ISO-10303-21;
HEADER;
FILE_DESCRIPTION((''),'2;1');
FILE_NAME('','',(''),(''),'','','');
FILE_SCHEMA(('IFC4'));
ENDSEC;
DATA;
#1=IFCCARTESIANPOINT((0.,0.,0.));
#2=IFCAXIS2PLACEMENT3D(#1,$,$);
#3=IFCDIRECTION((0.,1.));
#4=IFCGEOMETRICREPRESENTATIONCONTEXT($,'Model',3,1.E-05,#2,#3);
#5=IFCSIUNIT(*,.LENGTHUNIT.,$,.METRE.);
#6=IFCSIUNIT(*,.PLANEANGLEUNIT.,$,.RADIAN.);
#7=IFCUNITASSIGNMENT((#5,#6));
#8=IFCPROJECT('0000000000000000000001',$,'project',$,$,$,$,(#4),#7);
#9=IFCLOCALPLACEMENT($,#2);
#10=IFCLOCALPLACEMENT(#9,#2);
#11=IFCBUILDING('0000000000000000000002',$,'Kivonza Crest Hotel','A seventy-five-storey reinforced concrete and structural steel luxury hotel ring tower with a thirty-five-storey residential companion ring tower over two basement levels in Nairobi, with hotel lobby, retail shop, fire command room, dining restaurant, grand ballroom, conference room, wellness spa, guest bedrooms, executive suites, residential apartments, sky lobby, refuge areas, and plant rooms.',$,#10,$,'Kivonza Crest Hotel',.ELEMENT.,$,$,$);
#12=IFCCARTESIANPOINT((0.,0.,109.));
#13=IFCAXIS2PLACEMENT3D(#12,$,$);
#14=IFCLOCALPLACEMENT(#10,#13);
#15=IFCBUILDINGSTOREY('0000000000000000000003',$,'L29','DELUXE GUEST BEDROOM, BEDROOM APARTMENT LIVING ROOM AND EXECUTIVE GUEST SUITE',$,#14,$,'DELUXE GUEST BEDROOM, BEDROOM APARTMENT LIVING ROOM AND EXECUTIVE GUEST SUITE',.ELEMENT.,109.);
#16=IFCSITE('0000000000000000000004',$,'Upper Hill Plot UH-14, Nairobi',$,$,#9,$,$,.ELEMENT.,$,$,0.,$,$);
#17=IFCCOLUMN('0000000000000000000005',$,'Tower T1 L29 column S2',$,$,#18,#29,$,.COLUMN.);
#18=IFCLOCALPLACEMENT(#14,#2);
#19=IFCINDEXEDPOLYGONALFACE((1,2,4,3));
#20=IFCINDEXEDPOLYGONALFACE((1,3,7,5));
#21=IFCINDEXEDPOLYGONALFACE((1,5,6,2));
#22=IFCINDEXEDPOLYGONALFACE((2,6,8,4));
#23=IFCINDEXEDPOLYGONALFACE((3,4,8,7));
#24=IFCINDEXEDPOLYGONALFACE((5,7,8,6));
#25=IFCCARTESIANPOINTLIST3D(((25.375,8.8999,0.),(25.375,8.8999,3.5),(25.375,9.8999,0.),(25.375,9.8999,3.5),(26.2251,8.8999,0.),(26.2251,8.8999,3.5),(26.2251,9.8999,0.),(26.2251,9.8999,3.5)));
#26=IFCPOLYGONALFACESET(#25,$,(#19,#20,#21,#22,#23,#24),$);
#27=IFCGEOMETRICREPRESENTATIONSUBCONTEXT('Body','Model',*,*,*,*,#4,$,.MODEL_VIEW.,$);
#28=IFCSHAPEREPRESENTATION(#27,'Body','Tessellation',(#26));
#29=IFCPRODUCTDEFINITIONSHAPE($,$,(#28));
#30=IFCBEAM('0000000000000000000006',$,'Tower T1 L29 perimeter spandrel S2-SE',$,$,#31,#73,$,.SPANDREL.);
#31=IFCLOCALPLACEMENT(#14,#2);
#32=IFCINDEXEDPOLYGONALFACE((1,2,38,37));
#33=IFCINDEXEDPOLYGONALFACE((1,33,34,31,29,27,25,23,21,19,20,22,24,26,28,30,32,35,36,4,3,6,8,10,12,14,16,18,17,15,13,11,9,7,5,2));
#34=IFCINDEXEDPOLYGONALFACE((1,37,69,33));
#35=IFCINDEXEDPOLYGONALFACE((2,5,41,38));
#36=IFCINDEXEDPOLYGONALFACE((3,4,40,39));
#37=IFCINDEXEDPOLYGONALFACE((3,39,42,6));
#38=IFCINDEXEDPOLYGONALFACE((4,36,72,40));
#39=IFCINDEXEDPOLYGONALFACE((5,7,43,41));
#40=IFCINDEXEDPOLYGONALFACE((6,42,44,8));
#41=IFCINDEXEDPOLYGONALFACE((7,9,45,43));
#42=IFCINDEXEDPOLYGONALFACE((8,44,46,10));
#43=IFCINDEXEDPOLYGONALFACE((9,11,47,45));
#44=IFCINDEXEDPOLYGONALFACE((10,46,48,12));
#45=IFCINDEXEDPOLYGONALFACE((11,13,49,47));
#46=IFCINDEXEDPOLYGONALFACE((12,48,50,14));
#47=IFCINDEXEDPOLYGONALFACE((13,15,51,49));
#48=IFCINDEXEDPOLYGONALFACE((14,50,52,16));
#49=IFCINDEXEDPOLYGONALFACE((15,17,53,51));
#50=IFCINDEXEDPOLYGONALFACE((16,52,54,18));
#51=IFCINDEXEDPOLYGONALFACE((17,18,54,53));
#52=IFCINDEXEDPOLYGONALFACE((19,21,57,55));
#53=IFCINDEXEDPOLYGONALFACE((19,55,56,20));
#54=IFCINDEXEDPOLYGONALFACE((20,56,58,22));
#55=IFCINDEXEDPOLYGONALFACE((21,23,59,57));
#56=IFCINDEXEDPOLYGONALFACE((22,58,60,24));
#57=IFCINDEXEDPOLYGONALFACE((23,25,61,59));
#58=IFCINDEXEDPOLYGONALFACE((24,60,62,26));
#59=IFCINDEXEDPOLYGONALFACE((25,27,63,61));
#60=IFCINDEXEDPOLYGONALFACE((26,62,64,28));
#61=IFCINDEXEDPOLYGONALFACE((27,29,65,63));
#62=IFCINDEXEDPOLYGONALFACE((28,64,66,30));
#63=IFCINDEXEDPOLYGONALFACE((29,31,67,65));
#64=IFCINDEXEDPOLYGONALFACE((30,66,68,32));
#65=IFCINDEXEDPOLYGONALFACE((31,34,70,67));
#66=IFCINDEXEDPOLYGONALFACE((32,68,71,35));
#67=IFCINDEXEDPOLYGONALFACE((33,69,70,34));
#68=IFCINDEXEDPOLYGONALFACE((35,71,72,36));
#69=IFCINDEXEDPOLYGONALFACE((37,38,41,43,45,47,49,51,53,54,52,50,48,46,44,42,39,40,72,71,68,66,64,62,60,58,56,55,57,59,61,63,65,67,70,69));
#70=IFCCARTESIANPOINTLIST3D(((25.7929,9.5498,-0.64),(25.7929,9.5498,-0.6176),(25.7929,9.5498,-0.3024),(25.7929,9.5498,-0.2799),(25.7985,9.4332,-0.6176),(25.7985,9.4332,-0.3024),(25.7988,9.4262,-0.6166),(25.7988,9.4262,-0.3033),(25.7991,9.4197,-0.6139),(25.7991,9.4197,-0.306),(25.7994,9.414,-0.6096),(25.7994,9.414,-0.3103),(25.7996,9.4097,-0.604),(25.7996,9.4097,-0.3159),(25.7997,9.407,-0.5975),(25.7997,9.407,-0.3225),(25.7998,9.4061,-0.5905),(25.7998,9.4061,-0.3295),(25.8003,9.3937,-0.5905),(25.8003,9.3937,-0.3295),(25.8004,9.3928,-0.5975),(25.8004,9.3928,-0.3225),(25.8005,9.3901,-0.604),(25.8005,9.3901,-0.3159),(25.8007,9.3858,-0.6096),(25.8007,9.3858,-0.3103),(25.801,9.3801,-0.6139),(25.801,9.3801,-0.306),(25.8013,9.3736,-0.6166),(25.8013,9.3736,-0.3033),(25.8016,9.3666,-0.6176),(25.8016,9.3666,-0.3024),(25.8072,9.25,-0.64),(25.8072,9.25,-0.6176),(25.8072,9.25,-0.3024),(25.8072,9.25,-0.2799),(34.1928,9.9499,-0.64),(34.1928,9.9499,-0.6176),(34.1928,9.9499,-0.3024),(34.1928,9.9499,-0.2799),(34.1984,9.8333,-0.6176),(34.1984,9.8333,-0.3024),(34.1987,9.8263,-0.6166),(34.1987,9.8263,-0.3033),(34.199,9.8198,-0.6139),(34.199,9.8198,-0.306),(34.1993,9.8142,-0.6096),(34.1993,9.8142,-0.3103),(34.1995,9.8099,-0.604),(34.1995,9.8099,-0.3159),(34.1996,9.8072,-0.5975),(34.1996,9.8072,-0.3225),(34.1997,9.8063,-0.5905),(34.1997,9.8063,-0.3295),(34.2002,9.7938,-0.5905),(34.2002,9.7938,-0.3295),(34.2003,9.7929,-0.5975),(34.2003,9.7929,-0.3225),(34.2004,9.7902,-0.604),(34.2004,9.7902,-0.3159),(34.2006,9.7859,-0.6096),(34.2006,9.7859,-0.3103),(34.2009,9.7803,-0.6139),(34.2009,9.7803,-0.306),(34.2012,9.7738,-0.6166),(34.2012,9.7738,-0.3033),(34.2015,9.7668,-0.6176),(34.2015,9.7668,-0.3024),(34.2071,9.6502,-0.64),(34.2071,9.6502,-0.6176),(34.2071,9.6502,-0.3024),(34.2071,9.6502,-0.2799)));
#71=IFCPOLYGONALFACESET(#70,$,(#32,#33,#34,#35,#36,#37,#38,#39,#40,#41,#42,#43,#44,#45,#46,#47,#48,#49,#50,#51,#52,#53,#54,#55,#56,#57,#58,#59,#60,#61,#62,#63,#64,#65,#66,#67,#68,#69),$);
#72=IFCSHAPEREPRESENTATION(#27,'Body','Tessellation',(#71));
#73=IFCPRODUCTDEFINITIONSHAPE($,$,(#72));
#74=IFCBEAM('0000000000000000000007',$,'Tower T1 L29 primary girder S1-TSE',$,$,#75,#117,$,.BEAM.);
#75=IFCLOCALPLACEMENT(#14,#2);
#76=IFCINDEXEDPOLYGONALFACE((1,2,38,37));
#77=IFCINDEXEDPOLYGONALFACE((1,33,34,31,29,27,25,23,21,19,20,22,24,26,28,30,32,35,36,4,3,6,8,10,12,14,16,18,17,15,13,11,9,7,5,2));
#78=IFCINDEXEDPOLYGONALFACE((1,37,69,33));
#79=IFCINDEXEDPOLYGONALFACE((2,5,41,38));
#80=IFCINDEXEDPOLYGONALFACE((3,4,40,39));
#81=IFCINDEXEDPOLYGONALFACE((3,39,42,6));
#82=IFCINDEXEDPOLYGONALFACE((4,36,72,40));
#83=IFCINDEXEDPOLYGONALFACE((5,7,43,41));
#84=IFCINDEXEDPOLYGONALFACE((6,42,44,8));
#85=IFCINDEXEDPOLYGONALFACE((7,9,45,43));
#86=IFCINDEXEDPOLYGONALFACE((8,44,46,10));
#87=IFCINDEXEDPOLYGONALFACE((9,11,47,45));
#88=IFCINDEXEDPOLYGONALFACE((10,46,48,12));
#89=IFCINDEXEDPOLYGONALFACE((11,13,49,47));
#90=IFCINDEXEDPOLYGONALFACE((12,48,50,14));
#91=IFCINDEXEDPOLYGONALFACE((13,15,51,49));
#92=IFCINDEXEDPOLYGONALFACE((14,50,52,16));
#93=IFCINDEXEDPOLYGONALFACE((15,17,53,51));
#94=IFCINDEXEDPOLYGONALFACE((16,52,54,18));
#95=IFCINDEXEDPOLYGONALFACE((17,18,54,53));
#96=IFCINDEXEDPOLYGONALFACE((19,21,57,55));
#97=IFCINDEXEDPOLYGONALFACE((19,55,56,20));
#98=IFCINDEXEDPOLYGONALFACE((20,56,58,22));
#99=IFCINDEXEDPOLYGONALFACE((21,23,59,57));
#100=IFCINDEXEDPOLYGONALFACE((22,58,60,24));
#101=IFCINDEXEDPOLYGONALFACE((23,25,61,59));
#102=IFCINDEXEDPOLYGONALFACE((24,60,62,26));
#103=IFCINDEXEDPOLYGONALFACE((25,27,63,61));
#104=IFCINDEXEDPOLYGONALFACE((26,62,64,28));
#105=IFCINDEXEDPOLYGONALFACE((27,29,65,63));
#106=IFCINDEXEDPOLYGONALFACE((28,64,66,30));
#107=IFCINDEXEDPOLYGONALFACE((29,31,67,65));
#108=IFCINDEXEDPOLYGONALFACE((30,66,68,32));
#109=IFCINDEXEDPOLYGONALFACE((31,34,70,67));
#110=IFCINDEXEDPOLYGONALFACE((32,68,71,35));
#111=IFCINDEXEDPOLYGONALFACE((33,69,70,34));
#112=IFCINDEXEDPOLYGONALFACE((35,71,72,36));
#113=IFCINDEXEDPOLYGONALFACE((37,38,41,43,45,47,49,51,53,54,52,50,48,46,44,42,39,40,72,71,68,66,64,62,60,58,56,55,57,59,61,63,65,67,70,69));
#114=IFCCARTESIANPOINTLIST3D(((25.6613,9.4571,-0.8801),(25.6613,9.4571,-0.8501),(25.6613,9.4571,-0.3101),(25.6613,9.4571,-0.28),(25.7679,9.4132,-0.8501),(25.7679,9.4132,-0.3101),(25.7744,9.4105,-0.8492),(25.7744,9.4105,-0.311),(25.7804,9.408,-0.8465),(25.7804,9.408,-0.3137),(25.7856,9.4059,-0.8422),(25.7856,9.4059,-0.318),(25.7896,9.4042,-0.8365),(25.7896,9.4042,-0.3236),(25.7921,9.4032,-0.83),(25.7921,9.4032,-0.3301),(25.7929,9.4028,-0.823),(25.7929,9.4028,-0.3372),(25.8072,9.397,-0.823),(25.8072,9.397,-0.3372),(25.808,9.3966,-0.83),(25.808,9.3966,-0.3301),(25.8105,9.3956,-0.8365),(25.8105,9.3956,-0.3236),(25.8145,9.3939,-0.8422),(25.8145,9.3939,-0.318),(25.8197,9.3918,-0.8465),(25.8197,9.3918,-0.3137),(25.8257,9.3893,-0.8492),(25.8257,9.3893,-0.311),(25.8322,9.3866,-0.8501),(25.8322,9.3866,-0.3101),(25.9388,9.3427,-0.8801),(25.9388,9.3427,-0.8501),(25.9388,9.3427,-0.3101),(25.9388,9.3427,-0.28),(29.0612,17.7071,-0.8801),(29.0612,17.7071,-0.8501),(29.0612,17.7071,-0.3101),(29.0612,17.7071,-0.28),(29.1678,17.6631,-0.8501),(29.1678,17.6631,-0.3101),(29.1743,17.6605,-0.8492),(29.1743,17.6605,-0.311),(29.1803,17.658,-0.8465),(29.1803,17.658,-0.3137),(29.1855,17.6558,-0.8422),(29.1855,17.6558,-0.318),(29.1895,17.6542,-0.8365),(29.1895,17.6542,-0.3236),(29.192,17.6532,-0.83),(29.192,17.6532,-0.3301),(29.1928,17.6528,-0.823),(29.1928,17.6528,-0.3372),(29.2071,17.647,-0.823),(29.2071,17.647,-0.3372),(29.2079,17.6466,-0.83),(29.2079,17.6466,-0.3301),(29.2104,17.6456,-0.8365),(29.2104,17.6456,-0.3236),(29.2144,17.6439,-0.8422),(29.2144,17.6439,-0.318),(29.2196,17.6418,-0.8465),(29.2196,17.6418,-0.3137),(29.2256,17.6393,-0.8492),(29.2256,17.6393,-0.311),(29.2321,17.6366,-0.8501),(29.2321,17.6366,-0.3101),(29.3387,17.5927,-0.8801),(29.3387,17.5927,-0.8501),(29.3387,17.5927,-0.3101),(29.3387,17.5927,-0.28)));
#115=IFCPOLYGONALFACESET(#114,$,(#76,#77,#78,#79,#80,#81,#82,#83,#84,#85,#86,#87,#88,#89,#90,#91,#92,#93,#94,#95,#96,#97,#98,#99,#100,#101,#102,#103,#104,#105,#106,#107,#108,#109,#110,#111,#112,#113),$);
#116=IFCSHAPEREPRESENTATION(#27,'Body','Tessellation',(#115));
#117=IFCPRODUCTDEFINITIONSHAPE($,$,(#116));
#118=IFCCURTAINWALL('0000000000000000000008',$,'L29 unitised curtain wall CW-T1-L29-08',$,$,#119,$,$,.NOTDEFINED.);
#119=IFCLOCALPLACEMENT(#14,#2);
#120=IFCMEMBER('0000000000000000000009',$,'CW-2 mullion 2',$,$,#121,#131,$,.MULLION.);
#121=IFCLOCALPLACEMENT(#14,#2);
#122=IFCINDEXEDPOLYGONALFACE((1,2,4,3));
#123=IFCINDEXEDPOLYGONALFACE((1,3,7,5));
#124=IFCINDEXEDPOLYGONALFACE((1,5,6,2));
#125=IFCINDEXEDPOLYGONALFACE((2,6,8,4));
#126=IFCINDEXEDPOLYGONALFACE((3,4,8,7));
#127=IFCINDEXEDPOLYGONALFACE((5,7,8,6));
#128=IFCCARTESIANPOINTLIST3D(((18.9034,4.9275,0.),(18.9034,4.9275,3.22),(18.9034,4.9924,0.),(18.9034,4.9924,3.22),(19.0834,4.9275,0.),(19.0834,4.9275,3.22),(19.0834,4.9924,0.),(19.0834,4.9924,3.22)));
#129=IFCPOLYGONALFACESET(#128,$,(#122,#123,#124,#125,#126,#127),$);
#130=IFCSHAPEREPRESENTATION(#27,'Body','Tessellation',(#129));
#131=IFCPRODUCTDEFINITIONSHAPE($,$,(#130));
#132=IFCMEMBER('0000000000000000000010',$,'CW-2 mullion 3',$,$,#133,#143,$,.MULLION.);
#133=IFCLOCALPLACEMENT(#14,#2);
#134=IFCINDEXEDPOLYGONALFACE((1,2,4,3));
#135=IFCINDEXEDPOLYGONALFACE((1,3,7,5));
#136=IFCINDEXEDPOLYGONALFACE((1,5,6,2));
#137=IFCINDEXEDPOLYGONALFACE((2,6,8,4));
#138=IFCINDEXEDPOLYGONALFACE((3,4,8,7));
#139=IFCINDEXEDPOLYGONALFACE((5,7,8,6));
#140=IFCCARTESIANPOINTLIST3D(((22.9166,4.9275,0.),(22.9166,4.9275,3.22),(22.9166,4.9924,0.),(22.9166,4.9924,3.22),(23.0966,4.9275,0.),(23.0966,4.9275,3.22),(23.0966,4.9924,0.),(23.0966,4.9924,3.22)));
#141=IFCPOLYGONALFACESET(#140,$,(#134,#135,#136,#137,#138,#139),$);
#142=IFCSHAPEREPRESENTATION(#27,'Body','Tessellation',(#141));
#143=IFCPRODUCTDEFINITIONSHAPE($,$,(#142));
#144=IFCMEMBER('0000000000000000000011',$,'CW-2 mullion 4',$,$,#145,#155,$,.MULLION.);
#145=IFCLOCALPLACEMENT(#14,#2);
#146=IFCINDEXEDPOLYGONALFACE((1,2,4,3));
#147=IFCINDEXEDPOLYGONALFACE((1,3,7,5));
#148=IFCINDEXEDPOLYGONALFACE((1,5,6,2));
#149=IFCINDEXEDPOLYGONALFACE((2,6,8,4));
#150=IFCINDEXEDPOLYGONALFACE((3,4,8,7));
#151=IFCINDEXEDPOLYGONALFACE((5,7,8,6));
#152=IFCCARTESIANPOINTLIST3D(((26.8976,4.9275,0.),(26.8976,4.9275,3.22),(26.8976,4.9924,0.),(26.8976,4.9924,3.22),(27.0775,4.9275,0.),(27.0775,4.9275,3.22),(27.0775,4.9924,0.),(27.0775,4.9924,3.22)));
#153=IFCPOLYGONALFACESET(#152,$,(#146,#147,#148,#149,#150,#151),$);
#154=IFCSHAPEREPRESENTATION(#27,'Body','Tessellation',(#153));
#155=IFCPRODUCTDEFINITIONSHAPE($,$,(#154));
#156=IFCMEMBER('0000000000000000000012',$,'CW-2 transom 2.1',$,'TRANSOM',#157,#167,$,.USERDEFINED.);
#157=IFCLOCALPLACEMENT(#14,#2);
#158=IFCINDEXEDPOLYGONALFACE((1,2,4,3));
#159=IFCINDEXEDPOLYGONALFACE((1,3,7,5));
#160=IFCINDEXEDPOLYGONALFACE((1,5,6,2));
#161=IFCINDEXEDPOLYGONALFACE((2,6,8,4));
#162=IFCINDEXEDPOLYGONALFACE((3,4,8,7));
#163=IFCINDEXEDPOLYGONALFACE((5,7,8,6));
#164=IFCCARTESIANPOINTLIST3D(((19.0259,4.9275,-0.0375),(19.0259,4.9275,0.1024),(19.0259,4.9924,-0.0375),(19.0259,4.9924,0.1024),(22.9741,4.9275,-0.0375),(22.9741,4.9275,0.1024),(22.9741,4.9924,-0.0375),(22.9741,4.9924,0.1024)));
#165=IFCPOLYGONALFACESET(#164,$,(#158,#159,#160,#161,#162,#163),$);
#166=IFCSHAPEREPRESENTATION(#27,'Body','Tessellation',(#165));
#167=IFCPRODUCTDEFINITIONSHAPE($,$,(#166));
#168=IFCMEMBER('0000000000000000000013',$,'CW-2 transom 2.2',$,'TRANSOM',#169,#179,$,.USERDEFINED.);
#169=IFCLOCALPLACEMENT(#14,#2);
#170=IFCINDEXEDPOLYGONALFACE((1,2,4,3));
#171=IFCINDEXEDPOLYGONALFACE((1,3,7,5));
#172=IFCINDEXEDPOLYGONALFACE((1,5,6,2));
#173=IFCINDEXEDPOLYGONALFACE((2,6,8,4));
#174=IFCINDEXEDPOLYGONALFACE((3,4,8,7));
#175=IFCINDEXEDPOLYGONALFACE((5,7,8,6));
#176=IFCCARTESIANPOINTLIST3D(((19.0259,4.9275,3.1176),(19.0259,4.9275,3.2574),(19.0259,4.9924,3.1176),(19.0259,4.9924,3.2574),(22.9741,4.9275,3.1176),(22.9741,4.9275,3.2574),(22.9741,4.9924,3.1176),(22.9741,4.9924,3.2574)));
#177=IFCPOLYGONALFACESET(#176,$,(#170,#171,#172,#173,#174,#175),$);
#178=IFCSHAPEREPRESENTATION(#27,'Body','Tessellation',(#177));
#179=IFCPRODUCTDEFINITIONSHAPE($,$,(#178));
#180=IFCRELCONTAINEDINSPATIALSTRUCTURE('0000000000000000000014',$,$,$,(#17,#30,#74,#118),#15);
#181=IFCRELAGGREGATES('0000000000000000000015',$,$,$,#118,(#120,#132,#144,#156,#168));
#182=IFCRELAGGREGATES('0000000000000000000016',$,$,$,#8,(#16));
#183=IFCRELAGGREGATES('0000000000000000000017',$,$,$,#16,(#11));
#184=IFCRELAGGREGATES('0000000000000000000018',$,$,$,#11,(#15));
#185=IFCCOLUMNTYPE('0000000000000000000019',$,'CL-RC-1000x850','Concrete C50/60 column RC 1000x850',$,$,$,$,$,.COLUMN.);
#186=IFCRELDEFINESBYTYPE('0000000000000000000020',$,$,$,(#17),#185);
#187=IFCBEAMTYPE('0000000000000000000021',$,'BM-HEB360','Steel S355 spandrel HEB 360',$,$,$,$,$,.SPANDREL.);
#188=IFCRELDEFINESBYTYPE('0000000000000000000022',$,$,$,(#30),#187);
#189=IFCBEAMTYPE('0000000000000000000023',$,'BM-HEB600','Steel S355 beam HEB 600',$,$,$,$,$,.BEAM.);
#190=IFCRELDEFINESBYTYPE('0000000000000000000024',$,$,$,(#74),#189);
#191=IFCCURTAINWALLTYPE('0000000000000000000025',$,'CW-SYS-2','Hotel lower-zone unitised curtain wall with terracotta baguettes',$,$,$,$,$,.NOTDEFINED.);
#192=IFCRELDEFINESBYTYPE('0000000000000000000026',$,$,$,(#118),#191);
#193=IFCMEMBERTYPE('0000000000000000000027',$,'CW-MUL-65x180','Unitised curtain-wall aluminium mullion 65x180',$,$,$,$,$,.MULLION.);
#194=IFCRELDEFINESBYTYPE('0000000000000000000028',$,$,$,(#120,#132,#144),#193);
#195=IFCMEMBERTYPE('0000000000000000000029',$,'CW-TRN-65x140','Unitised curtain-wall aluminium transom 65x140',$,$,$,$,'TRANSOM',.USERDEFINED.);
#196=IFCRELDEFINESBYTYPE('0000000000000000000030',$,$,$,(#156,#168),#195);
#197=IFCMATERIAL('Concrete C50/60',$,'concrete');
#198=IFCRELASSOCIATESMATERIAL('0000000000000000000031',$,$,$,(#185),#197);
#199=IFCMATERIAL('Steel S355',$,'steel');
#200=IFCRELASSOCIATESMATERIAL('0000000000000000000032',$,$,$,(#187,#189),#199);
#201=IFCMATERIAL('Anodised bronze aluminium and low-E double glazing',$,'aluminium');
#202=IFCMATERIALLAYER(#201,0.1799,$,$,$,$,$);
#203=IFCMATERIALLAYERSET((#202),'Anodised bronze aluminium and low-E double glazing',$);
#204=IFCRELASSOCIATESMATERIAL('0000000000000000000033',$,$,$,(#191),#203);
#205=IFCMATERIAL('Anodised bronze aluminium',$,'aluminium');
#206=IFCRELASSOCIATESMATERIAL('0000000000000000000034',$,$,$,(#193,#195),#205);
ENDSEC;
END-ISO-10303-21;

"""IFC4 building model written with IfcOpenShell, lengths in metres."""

from ifc_helpers import new_model, si_unit, direction, frame, origin, origin_2d, place, context, subcontext, project, spatial, rectangle, i_section, extrude, material, layer, layer_set, material_profile, profile_set, type_object, element, aggregate, save


model = new_model("IFC4")

# Units and contexts
model_context = context("Model", 3, precision=1e-05, world=origin(), true_north=direction((0.0, 1.0)))
body_context = subcontext(model_context, "Body", "Model", "MODEL_VIEW")
ifc_project = project(units=[si_unit("LENGTHUNIT", "METRE"), si_unit("PLANEANGLEUNIT", "RADIAN")], contexts=[model_context])

# Site, building, storey
site_placement = place(None, origin())
site = spatial("IfcSite", under=ifc_project, at=site_placement, Name="Upper Hill Plot UH-14, Nairobi", CompositionType="ELEMENT", RefElevation=0.0)
building_placement = place(site_placement, origin())
building = spatial("IfcBuilding", under=site, at=building_placement, Name="Kivonza Crest Hotel", Description="A seventy-five-storey reinforced concrete and structural steel luxury hotel ring tower with a thirty-five-storey residential companion ring tower over two basement levels in Nairobi, with hotel lobby, retail shop, fire command room, dining restaurant, grand ballroom, conference room, wellness spa, guest bedrooms, executive suites, residential apartments, sky lobby, refuge areas, and plant rooms.", LongName="Kivonza Crest Hotel", CompositionType="ELEMENT")
storey_placement = place(building_placement, frame((0.0, 0.0, 109.0)))
storey = spatial("IfcBuildingStorey", under=building, at=storey_placement, Name="L29", Description="DELUXE GUEST BEDROOM, BEDROOM APARTMENT LIVING ROOM AND EXECUTIVE GUEST SUITE", LongName="DELUXE GUEST BEDROOM, BEDROOM APARTMENT LIVING ROOM AND EXECUTIVE GUEST SUITE", CompositionType="ELEMENT", Elevation=109.0)

# Column
ifc_material_1 = material(Name="Concrete C50/60", Category="concrete")
ifc_material_profile_1 = material_profile(ifc_material_1, rectangle(XDim=0.8501, YDim=1.0, at=origin_2d()), Name="RC 1000x850")
ifc_profile_set_1 = profile_set([ifc_material_profile_1], Name="Concrete C50/60")
column_type = type_object("IfcColumnType", Name="CL-RC-1000x850", Description="Concrete C50/60 column RC 1000x850", PredefinedType="COLUMN", material=ifc_profile_set_1)
column_placement = place(storey_placement, frame((25.8, 9.3999, 0.0), z_axis=(0.0, 0.0, 1.0), x_axis=(1.0, 0.0, 0.0)))
element("IfcColumn", 1, at=column_placement, inside=storey, type_object=column_type, Name="Tower T1 L29 column S2", PredefinedType="COLUMN", context=body_context, shape_type="SweptSolid", body=[
    extrude(rectangle(XDim=0.8501, YDim=1.0, at=origin_2d()), origin(), (0.0, 0.0, 1.0), 3.5),
])

# Beams
ifc_material_2 = material(Name="Steel S355", Category="steel")
ifc_material_profile_2 = material_profile(ifc_material_2, i_section(OverallWidth=0.3, OverallDepth=0.3601, WebThickness=0.0125, FlangeThickness=0.0225, FilletRadius=0.0271, at=origin_2d()), Name="HEB 360")
ifc_profile_set_2 = profile_set([ifc_material_profile_2], Name="Steel S355")
beam_type_1 = type_object("IfcBeamType", Name="BM-HEB360", Description="Steel S355 spandrel HEB 360", PredefinedType="SPANDREL", material=ifc_profile_set_2)
beam_1_placement = place(storey_placement, frame((25.8, 9.3999, -0.46), z_axis=(0.998867, 0.047583, 0.0), x_axis=(-0.047583, 0.998867, 0.0)))
element("IfcBeam", 2, at=beam_1_placement, inside=storey, type_object=beam_type_1, Name="Tower T1 L29 perimeter spandrel S2-SE", PredefinedType="SPANDREL", context=body_context, shape_type="SweptSolid", body=[
    extrude(i_section(OverallWidth=0.3, OverallDepth=0.3601, WebThickness=0.0125, FlangeThickness=0.0225, FilletRadius=0.0271, at=origin_2d()), origin(), (0.0, 0.0, 1.0), 8.4094),
])
ifc_material_profile_3 = material_profile(ifc_material_2, i_section(OverallWidth=0.3, OverallDepth=0.6001, WebThickness=0.0154, FlangeThickness=0.03, FilletRadius=0.0271, at=origin_2d()), Name="HEB 600")
ifc_profile_set_3 = profile_set([ifc_material_profile_3], Name="Steel S355")
beam_type_2 = type_object("IfcBeamType", Name="BM-HEB600", Description="Steel S355 beam HEB 600", PredefinedType="BEAM", material=ifc_profile_set_3)
beam_2_placement = place(storey_placement, frame((25.8, 9.3999, -0.5801), z_axis=(0.381022, 0.924566, 0.0), x_axis=(-0.924566, 0.381022, 0.0)))
element("IfcBeam", 3, at=beam_2_placement, inside=storey, type_object=beam_type_2, Name="Tower T1 L29 primary girder S1-TSE", PredefinedType="BEAM", context=body_context, shape_type="SweptSolid", body=[
    extrude(i_section(OverallWidth=0.3, OverallDepth=0.6001, WebThickness=0.0154, FlangeThickness=0.03, FilletRadius=0.0271, at=origin_2d()), origin(), (0.0, 0.0, 1.0), 8.9231),
])

# Curtain wall, members
ifc_material_3 = material(Name="Anodised bronze aluminium and low-E double glazing", Category="aluminium")
ifc_layer_1 = layer(ifc_material_3, 0.1799)
ifc_layer_set_1 = layer_set([ifc_layer_1], Name="Anodised bronze aluminium and low-E double glazing")
curtain_wall_type = type_object("IfcCurtainWallType", Name="CW-SYS-2", Description="Hotel lower-zone unitised curtain wall with terracotta baguettes", PredefinedType="NOTDEFINED", material=ifc_layer_set_1)
curtain_wall_placement = place(storey_placement, origin())
curtain_wall = element("IfcCurtainWall", 4, at=curtain_wall_placement, inside=storey, type_object=curtain_wall_type, Name="L29 unitised curtain wall CW-T1-L29-08", PredefinedType="NOTDEFINED")
ifc_material_4 = material(Name="Anodised bronze aluminium", Category="aluminium")
ifc_material_profile_4 = material_profile(ifc_material_4, rectangle(XDim=0.0649, YDim=0.1799, at=origin_2d()), Name="CW-M 65x180")
ifc_profile_set_4 = profile_set([ifc_material_profile_4], Name="Anodised bronze aluminium")
member_type_1 = type_object("IfcMemberType", Name="CW-MUL-65x180", Description="Unitised curtain-wall aluminium mullion 65x180", PredefinedType="MULLION", material=ifc_profile_set_4)
member_1_placement = place(storey_placement, frame((18.9934, 4.96, 0.0), z_axis=(0.0, 0.0, 1.0), x_axis=(0.0, 1.0, 0.0)))
member_1 = element("IfcMember", 5, at=member_1_placement, type_object=member_type_1, Name="CW-2 mullion 2", PredefinedType="MULLION", context=body_context, shape_type="SweptSolid", body=[
    extrude(rectangle(XDim=0.0649, YDim=0.1799, at=origin_2d()), origin(), (0.0, 0.0, 1.0), 3.22),
])
member_2_placement = place(storey_placement, frame((23.0066, 4.96, 0.0), z_axis=(0.0, 0.0, 1.0), x_axis=(0.0, 1.0, 0.0)))
member_2 = element("IfcMember", 6, at=member_2_placement, type_object=member_type_1, Name="CW-2 mullion 3", PredefinedType="MULLION", context=body_context, shape_type="SweptSolid", body=[
    extrude(rectangle(XDim=0.0649, YDim=0.1799, at=origin_2d()), origin(), (0.0, 0.0, 1.0), 3.22),
])
member_3_placement = place(storey_placement, frame((26.9875, 4.96, 0.0), z_axis=(0.0, 0.0, 1.0), x_axis=(0.0, 1.0, 0.0)))
member_3 = element("IfcMember", 7, at=member_3_placement, type_object=member_type_1, Name="CW-2 mullion 4", PredefinedType="MULLION", context=body_context, shape_type="SweptSolid", body=[
    extrude(rectangle(XDim=0.0649, YDim=0.1799, at=origin_2d()), origin(), (0.0, 0.0, 1.0), 3.22),
])
ifc_material_profile_5 = material_profile(ifc_material_4, rectangle(XDim=0.0649, YDim=0.1399, at=origin_2d()), Name="CW-T 65x140")
ifc_profile_set_5 = profile_set([ifc_material_profile_5], Name="Anodised bronze aluminium")
member_type_2 = type_object("IfcMemberType", Name="CW-TRN-65x140", Description="Unitised curtain-wall aluminium transom 65x140", ElementType="TRANSOM", PredefinedType="USERDEFINED", material=ifc_profile_set_5)
member_4_placement = place(storey_placement, frame((19.0259, 4.96, 0.0325), z_axis=(1.0, 0.0, 0.0), x_axis=(0.0, 1.0, 0.0)))
member_4 = element("IfcMember", 8, at=member_4_placement, type_object=member_type_2, Name="CW-2 transom 2.1", ObjectType="TRANSOM", PredefinedType="USERDEFINED", context=body_context, shape_type="SweptSolid", body=[
    extrude(rectangle(XDim=0.0649, YDim=0.1399, at=origin_2d()), origin(), (0.0, 0.0, 1.0), 3.9482),
])
member_5_placement = place(storey_placement, frame((19.0259, 4.96, 3.1875), z_axis=(1.0, 0.0, 0.0), x_axis=(0.0, 1.0, 0.0)))
member_5 = element("IfcMember", 9, at=member_5_placement, type_object=member_type_2, Name="CW-2 transom 2.2", ObjectType="TRANSOM", PredefinedType="USERDEFINED", context=body_context, shape_type="SweptSolid", body=[
    extrude(rectangle(XDim=0.0649, YDim=0.1399, at=origin_2d()), origin(), (0.0, 0.0, 1.0), 3.9482),
])
aggregate(curtain_wall, [member_1, member_2, member_3, member_4, member_5])

save(model, "model.ifc")
